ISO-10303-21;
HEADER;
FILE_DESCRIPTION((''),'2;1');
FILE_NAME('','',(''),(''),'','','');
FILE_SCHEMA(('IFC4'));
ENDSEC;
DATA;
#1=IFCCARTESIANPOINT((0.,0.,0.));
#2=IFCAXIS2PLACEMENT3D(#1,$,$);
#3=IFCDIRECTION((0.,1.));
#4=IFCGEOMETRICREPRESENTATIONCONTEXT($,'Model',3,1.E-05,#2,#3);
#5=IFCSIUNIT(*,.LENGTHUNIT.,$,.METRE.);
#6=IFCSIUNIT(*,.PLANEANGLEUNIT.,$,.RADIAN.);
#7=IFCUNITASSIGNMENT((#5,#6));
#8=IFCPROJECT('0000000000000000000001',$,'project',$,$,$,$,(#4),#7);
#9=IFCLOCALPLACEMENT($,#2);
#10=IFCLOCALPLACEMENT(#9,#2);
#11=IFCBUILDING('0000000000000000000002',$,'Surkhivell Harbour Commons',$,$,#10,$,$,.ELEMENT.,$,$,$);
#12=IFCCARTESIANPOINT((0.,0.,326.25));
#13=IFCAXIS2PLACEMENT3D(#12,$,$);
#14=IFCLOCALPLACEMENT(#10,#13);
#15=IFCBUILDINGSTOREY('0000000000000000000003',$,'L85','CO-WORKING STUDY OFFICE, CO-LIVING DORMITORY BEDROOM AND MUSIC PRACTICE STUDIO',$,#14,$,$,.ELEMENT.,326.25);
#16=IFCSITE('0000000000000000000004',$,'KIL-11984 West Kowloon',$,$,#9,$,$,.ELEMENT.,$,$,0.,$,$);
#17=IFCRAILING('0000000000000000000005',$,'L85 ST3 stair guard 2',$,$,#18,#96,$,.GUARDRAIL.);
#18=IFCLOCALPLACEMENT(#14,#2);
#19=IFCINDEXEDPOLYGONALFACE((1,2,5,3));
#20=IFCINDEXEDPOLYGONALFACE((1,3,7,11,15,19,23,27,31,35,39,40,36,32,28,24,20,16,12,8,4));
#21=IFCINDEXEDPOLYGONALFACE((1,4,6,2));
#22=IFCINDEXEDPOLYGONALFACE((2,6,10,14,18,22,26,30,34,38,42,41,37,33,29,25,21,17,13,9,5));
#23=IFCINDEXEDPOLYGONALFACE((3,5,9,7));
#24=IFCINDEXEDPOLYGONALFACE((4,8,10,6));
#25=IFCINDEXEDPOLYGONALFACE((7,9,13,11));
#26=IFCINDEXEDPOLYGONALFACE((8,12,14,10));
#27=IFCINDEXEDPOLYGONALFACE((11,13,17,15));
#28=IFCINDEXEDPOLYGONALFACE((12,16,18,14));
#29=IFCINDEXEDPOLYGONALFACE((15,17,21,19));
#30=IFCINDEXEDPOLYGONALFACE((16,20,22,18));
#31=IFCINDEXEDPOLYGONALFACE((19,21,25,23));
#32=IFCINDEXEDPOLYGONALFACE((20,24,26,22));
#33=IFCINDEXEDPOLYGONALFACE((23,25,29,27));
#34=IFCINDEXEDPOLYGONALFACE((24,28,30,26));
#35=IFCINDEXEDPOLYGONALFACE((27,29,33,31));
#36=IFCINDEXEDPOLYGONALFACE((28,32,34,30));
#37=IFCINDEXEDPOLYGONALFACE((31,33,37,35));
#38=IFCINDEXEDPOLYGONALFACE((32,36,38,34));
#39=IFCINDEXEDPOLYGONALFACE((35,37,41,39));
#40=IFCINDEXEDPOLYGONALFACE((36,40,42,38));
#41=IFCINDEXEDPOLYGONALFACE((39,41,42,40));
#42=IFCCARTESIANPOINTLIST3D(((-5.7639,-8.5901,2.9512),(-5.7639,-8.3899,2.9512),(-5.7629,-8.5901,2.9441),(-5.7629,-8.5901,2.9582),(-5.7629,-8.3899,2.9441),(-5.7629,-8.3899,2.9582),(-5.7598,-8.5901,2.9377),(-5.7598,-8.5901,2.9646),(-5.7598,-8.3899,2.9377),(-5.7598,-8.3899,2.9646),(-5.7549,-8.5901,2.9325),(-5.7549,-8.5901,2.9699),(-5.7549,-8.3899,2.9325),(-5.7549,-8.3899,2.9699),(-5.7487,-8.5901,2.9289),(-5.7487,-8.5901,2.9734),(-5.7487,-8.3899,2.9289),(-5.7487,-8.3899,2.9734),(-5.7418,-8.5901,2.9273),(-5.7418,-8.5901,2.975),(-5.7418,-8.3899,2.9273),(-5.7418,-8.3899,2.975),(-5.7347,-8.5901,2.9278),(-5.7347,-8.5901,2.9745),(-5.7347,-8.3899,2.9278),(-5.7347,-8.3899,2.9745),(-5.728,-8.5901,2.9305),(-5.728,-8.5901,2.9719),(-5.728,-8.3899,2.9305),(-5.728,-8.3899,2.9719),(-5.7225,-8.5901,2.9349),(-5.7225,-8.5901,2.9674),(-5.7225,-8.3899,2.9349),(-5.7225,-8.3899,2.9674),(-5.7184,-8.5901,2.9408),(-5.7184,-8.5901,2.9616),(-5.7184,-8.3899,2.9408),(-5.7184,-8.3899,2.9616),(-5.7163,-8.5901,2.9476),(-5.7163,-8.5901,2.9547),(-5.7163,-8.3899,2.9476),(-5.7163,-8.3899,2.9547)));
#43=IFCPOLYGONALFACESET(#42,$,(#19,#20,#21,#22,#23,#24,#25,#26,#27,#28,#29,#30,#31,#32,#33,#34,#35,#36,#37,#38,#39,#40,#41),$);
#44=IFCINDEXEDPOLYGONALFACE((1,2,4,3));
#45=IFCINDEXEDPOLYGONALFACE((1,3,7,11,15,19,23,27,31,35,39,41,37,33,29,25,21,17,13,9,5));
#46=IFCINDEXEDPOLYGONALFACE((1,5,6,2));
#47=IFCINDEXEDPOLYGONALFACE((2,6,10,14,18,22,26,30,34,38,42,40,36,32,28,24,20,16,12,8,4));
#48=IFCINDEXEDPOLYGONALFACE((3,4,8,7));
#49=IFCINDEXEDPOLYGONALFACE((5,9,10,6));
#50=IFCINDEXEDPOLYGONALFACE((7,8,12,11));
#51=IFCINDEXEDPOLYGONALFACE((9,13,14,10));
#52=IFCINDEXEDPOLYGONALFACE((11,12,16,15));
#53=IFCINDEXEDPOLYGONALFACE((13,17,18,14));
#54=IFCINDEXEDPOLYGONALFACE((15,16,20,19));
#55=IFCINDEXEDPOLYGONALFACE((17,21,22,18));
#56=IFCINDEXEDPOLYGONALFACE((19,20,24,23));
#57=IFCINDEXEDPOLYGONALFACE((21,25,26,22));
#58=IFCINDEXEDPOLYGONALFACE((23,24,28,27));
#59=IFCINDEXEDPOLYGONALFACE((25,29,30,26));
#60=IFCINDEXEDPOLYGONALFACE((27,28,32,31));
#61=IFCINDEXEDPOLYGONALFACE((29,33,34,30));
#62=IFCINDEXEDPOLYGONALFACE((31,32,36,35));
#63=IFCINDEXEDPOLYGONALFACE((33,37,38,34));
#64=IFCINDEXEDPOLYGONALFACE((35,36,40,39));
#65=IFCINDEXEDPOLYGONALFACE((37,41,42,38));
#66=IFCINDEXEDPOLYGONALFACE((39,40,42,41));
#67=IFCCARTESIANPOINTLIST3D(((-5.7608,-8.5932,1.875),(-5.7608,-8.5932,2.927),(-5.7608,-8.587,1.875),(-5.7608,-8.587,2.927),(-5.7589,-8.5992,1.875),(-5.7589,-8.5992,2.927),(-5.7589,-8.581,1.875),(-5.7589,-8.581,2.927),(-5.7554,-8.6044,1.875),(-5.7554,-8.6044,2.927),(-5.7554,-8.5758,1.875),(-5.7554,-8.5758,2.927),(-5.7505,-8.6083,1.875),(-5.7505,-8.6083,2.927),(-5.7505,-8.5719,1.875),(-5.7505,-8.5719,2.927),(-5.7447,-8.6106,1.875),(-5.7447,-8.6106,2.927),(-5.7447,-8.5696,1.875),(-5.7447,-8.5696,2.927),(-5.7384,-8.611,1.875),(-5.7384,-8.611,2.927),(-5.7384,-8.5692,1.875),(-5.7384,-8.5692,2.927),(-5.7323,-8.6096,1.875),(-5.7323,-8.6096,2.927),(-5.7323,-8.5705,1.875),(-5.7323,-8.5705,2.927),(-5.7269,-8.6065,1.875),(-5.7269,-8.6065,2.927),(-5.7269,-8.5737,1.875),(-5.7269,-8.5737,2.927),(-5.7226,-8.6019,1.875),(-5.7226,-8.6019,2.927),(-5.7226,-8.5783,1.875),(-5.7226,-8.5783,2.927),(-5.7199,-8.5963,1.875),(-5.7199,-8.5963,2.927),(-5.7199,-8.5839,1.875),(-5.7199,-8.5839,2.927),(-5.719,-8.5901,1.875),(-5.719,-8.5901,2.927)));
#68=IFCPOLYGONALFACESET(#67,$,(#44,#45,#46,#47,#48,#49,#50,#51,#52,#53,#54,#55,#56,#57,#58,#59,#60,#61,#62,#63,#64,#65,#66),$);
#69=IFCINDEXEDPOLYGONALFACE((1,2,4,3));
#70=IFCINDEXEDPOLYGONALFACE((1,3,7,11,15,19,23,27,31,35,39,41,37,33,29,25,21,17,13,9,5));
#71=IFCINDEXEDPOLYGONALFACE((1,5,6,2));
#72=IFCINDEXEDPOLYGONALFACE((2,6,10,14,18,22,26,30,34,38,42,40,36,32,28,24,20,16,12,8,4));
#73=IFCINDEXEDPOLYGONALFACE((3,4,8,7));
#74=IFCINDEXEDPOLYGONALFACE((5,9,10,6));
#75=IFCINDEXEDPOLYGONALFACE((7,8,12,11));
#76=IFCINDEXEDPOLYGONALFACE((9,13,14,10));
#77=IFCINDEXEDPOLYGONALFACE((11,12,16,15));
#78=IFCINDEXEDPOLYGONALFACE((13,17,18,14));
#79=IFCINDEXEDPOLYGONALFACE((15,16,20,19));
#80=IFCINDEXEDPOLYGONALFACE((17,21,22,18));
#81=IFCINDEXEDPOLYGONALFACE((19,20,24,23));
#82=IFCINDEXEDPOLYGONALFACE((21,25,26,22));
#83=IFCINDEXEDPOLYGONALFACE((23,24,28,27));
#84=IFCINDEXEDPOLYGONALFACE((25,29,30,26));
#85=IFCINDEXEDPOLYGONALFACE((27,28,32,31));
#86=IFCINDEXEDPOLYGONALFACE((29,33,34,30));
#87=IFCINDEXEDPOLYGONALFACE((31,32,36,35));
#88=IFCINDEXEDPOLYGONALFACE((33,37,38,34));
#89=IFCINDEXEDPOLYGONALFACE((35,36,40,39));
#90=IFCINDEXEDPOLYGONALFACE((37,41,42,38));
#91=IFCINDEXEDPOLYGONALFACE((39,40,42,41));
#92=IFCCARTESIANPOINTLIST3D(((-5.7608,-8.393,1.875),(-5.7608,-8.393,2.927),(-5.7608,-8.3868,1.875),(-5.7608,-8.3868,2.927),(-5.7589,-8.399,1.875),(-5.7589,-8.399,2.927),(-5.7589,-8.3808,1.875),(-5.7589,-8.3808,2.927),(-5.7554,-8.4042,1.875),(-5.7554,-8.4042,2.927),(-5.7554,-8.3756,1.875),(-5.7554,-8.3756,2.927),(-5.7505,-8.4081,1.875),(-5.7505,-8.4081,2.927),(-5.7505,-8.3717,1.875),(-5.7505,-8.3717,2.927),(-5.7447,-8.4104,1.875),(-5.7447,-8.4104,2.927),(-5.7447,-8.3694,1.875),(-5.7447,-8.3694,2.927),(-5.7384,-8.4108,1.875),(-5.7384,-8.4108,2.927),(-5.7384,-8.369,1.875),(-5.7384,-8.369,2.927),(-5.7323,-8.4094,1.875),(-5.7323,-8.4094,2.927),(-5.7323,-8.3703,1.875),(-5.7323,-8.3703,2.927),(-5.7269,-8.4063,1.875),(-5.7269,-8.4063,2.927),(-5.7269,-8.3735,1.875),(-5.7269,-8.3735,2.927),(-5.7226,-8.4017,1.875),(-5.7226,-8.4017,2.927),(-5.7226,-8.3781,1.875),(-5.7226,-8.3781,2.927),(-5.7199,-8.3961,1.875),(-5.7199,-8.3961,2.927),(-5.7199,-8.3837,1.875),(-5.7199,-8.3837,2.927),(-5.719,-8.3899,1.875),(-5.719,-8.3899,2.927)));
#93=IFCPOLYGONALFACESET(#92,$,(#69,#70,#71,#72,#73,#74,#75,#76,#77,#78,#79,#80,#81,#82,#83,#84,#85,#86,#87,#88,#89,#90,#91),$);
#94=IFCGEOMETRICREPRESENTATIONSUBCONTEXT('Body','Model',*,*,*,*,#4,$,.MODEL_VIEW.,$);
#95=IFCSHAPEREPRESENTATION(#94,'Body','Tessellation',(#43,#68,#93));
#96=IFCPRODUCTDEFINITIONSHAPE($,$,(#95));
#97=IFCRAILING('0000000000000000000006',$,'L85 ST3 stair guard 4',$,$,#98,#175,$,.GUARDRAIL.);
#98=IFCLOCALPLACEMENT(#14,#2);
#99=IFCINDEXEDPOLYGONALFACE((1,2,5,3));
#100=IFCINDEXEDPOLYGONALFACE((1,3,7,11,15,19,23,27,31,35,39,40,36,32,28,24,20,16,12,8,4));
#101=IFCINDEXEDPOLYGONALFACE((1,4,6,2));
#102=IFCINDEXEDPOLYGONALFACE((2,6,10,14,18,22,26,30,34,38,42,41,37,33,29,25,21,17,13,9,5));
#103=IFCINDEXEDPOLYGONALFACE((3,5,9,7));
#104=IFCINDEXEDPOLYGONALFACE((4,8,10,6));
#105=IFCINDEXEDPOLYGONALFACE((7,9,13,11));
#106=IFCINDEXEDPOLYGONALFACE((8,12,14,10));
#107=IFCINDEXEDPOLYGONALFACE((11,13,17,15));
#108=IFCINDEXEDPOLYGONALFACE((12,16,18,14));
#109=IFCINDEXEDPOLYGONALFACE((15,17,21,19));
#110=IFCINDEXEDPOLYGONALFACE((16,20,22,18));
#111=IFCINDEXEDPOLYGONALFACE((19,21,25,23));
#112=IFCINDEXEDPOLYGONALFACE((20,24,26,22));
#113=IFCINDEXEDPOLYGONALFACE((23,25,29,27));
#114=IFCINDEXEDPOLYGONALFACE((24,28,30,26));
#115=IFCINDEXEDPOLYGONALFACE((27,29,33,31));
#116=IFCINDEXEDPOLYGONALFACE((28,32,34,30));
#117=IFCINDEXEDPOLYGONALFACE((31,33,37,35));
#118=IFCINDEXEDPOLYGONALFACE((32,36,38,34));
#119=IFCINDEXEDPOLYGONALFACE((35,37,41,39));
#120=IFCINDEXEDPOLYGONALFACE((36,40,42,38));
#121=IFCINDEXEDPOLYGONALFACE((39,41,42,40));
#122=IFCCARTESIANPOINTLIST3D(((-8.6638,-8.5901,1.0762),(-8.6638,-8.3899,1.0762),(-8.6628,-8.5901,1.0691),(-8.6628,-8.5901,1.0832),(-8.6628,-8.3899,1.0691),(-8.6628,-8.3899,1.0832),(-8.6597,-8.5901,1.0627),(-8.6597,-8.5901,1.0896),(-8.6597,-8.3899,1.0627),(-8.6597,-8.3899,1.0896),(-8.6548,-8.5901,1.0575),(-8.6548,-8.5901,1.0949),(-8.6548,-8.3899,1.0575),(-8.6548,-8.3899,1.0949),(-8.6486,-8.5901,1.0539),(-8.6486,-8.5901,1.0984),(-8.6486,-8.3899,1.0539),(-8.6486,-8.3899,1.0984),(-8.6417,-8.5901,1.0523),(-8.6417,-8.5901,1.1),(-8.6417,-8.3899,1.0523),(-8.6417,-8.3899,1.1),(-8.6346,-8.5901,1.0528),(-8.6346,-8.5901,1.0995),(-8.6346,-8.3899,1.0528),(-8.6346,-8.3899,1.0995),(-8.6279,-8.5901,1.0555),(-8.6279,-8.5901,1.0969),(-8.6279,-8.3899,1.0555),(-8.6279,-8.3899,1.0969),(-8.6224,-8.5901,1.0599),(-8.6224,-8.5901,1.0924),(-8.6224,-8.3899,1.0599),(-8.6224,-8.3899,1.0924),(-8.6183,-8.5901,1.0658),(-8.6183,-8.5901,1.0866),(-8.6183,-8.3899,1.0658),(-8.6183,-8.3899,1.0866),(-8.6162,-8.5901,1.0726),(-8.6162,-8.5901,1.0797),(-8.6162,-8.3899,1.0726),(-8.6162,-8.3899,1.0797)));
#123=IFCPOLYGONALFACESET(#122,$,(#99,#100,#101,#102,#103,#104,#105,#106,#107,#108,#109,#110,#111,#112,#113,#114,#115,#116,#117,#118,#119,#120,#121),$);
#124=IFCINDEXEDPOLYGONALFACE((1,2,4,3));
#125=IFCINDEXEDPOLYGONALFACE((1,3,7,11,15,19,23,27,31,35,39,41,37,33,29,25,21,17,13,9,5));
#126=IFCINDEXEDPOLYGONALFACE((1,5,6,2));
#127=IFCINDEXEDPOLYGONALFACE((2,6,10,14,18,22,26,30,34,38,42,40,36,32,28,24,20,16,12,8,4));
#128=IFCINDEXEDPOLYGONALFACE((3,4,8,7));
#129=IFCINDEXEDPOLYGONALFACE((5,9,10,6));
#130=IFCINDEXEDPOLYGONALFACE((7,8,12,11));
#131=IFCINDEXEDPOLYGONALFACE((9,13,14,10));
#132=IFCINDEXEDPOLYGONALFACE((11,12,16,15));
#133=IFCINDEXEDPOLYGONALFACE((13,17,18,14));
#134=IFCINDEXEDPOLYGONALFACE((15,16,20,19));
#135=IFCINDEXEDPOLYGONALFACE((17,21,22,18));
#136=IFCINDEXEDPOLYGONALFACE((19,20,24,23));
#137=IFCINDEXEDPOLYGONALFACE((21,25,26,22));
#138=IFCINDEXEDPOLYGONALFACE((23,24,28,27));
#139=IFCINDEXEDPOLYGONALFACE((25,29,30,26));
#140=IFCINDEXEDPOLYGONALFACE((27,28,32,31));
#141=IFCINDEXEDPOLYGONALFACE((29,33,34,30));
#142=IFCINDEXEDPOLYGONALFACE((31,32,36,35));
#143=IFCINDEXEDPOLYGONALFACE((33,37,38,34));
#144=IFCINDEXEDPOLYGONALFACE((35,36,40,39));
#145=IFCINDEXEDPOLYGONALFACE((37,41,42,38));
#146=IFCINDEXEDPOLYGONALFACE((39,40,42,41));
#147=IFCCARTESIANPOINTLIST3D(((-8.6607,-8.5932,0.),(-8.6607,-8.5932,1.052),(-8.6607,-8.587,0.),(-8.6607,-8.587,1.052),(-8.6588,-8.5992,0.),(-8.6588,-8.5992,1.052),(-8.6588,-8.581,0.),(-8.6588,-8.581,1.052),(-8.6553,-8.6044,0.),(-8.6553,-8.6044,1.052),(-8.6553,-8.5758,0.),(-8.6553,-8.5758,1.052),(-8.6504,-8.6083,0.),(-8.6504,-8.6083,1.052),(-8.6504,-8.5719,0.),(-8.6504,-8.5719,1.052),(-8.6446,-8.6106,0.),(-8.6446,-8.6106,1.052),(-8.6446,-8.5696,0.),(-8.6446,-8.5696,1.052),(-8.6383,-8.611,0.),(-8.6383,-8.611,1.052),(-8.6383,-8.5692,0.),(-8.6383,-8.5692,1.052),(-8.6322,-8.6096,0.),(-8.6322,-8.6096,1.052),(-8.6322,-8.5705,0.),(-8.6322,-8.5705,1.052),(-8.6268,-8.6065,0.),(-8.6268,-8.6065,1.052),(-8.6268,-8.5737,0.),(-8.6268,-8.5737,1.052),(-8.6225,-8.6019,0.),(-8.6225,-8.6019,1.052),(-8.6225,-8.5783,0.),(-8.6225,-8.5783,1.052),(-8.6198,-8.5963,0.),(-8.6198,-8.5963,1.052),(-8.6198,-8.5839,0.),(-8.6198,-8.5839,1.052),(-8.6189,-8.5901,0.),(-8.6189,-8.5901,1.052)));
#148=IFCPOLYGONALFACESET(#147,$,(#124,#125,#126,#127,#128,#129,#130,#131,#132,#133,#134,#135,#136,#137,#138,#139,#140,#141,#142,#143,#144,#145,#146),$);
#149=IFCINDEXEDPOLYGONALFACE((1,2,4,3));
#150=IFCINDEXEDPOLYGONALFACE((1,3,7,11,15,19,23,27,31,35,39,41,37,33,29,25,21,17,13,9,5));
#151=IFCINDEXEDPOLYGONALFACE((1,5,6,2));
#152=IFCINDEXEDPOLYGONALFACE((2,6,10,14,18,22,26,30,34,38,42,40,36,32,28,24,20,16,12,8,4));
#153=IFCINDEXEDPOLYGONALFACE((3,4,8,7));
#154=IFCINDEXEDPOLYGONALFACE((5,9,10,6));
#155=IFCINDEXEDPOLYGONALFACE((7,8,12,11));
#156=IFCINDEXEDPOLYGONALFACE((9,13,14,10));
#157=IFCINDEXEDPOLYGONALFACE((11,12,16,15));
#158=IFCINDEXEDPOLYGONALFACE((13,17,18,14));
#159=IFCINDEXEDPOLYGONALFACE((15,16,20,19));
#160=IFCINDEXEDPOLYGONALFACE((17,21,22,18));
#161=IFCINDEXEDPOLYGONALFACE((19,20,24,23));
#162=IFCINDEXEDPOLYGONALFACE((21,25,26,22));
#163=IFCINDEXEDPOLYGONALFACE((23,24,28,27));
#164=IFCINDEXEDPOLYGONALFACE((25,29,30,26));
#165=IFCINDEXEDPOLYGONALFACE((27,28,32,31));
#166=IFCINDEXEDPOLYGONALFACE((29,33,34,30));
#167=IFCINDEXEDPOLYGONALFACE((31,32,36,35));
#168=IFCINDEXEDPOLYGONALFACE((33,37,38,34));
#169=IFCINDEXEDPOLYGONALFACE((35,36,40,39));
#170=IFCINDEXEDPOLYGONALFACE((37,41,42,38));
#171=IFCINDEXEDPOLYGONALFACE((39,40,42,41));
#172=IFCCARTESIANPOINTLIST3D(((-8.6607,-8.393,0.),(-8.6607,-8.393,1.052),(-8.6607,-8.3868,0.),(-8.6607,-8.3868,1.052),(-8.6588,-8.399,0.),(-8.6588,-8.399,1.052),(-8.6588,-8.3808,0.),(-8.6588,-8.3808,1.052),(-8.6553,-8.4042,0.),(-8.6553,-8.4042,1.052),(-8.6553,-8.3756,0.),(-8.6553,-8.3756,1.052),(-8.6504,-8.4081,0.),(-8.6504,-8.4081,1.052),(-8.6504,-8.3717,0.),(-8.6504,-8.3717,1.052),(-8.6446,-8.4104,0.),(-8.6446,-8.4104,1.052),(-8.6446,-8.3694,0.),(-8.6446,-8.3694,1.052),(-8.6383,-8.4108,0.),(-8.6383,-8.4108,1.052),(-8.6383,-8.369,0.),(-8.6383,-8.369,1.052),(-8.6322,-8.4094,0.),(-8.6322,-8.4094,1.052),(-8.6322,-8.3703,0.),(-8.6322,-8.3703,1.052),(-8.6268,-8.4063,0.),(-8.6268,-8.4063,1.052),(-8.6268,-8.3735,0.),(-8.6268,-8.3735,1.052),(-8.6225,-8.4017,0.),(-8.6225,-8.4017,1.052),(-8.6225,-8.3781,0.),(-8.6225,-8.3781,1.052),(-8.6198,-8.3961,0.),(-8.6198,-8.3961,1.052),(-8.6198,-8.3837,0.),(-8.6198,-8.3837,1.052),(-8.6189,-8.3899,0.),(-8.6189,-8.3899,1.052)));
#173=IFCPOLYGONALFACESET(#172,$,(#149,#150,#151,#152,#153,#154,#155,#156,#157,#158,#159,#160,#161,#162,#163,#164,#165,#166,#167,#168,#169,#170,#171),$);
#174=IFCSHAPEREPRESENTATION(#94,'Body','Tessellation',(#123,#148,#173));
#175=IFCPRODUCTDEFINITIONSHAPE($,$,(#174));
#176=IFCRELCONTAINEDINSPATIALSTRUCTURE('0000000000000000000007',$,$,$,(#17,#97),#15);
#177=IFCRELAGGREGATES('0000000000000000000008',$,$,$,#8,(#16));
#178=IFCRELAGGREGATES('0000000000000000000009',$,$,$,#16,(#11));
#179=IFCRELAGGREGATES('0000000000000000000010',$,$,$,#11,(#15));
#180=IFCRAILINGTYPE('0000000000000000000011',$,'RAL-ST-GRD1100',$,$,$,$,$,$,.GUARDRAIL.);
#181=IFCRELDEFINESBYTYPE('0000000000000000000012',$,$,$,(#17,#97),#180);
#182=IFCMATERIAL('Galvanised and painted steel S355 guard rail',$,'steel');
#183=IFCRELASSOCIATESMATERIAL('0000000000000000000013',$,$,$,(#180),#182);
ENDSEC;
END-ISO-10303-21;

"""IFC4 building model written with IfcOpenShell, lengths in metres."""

from ifc_helpers import new_model, si_unit, direction, frame, origin, origin_2d, place, context, subcontext, project, spatial, circle, extrude, material, type_object, element, save


model = new_model("IFC4")

# Units and contexts
model_context = context("Model", 3, precision=1e-05, world=origin(), true_north=direction((0.0, 1.0)))
body_context = subcontext(model_context, "Body", "Model", "MODEL_VIEW")
ifc_project = project(units=[si_unit("LENGTHUNIT", "METRE"), si_unit("PLANEANGLEUNIT", "RADIAN")], contexts=[model_context])

# Site, building, storey
site_placement = place(None, origin())
site = spatial("IfcSite", under=ifc_project, at=site_placement, Name="KIL-11984 West Kowloon", CompositionType="ELEMENT", RefElevation=0.0)
building_placement = place(site_placement, origin())
building = spatial("IfcBuilding", under=site, at=building_placement, Name="Surkhivell Harbour Commons", CompositionType="ELEMENT")
storey_placement = place(building_placement, frame((0.0, 0.0, 326.25)))
storey = spatial("IfcBuildingStorey", under=building, at=storey_placement, Name="L85", Description="CO-WORKING STUDY OFFICE, CO-LIVING DORMITORY BEDROOM AND MUSIC PRACTICE STUDIO", CompositionType="ELEMENT", Elevation=326.25)

# Railings
ifc_material_1 = material(Name="Galvanised and painted steel S355 guard rail", Category="steel")
railing_type_1 = type_object("IfcRailingType", Name="RAL-ST-GRD1100", PredefinedType="GUARDRAIL", material=ifc_material_1)
for number, where, name in (
    (1, (-5.74, -8.5901, 1.875), "L85 ST3 stair guard 2"),
    (2, (-8.6399, -8.5901, 0.0), "L85 ST3 stair guard 4"),
):
    element("IfcRailing", number, at=place(storey_placement, frame(where)), inside=storey, type_object=railing_type_1, Name=name, PredefinedType="GUARDRAIL", context=body_context, shape_type="SweptSolid", body=[
        extrude(circle(Radius=0.0239, at=origin_2d()), frame((0.0, 0.0, 1.0762), z_axis=(0.0, 1.0, 0.0), x_axis=(-1.0, 0.0, 0.0)), (0.0, 0.0, 1.0), 0.2002),
        extrude(circle(Radius=0.021, at=origin_2d()), origin(), (0.0, 0.0, 1.0), 1.052),
        extrude(circle(Radius=0.021, at=origin_2d()), frame((0.0, 0.2002, 0.0)), (0.0, 0.0, 1.0), 1.052),
    ])

save(model, "model.ifc")
